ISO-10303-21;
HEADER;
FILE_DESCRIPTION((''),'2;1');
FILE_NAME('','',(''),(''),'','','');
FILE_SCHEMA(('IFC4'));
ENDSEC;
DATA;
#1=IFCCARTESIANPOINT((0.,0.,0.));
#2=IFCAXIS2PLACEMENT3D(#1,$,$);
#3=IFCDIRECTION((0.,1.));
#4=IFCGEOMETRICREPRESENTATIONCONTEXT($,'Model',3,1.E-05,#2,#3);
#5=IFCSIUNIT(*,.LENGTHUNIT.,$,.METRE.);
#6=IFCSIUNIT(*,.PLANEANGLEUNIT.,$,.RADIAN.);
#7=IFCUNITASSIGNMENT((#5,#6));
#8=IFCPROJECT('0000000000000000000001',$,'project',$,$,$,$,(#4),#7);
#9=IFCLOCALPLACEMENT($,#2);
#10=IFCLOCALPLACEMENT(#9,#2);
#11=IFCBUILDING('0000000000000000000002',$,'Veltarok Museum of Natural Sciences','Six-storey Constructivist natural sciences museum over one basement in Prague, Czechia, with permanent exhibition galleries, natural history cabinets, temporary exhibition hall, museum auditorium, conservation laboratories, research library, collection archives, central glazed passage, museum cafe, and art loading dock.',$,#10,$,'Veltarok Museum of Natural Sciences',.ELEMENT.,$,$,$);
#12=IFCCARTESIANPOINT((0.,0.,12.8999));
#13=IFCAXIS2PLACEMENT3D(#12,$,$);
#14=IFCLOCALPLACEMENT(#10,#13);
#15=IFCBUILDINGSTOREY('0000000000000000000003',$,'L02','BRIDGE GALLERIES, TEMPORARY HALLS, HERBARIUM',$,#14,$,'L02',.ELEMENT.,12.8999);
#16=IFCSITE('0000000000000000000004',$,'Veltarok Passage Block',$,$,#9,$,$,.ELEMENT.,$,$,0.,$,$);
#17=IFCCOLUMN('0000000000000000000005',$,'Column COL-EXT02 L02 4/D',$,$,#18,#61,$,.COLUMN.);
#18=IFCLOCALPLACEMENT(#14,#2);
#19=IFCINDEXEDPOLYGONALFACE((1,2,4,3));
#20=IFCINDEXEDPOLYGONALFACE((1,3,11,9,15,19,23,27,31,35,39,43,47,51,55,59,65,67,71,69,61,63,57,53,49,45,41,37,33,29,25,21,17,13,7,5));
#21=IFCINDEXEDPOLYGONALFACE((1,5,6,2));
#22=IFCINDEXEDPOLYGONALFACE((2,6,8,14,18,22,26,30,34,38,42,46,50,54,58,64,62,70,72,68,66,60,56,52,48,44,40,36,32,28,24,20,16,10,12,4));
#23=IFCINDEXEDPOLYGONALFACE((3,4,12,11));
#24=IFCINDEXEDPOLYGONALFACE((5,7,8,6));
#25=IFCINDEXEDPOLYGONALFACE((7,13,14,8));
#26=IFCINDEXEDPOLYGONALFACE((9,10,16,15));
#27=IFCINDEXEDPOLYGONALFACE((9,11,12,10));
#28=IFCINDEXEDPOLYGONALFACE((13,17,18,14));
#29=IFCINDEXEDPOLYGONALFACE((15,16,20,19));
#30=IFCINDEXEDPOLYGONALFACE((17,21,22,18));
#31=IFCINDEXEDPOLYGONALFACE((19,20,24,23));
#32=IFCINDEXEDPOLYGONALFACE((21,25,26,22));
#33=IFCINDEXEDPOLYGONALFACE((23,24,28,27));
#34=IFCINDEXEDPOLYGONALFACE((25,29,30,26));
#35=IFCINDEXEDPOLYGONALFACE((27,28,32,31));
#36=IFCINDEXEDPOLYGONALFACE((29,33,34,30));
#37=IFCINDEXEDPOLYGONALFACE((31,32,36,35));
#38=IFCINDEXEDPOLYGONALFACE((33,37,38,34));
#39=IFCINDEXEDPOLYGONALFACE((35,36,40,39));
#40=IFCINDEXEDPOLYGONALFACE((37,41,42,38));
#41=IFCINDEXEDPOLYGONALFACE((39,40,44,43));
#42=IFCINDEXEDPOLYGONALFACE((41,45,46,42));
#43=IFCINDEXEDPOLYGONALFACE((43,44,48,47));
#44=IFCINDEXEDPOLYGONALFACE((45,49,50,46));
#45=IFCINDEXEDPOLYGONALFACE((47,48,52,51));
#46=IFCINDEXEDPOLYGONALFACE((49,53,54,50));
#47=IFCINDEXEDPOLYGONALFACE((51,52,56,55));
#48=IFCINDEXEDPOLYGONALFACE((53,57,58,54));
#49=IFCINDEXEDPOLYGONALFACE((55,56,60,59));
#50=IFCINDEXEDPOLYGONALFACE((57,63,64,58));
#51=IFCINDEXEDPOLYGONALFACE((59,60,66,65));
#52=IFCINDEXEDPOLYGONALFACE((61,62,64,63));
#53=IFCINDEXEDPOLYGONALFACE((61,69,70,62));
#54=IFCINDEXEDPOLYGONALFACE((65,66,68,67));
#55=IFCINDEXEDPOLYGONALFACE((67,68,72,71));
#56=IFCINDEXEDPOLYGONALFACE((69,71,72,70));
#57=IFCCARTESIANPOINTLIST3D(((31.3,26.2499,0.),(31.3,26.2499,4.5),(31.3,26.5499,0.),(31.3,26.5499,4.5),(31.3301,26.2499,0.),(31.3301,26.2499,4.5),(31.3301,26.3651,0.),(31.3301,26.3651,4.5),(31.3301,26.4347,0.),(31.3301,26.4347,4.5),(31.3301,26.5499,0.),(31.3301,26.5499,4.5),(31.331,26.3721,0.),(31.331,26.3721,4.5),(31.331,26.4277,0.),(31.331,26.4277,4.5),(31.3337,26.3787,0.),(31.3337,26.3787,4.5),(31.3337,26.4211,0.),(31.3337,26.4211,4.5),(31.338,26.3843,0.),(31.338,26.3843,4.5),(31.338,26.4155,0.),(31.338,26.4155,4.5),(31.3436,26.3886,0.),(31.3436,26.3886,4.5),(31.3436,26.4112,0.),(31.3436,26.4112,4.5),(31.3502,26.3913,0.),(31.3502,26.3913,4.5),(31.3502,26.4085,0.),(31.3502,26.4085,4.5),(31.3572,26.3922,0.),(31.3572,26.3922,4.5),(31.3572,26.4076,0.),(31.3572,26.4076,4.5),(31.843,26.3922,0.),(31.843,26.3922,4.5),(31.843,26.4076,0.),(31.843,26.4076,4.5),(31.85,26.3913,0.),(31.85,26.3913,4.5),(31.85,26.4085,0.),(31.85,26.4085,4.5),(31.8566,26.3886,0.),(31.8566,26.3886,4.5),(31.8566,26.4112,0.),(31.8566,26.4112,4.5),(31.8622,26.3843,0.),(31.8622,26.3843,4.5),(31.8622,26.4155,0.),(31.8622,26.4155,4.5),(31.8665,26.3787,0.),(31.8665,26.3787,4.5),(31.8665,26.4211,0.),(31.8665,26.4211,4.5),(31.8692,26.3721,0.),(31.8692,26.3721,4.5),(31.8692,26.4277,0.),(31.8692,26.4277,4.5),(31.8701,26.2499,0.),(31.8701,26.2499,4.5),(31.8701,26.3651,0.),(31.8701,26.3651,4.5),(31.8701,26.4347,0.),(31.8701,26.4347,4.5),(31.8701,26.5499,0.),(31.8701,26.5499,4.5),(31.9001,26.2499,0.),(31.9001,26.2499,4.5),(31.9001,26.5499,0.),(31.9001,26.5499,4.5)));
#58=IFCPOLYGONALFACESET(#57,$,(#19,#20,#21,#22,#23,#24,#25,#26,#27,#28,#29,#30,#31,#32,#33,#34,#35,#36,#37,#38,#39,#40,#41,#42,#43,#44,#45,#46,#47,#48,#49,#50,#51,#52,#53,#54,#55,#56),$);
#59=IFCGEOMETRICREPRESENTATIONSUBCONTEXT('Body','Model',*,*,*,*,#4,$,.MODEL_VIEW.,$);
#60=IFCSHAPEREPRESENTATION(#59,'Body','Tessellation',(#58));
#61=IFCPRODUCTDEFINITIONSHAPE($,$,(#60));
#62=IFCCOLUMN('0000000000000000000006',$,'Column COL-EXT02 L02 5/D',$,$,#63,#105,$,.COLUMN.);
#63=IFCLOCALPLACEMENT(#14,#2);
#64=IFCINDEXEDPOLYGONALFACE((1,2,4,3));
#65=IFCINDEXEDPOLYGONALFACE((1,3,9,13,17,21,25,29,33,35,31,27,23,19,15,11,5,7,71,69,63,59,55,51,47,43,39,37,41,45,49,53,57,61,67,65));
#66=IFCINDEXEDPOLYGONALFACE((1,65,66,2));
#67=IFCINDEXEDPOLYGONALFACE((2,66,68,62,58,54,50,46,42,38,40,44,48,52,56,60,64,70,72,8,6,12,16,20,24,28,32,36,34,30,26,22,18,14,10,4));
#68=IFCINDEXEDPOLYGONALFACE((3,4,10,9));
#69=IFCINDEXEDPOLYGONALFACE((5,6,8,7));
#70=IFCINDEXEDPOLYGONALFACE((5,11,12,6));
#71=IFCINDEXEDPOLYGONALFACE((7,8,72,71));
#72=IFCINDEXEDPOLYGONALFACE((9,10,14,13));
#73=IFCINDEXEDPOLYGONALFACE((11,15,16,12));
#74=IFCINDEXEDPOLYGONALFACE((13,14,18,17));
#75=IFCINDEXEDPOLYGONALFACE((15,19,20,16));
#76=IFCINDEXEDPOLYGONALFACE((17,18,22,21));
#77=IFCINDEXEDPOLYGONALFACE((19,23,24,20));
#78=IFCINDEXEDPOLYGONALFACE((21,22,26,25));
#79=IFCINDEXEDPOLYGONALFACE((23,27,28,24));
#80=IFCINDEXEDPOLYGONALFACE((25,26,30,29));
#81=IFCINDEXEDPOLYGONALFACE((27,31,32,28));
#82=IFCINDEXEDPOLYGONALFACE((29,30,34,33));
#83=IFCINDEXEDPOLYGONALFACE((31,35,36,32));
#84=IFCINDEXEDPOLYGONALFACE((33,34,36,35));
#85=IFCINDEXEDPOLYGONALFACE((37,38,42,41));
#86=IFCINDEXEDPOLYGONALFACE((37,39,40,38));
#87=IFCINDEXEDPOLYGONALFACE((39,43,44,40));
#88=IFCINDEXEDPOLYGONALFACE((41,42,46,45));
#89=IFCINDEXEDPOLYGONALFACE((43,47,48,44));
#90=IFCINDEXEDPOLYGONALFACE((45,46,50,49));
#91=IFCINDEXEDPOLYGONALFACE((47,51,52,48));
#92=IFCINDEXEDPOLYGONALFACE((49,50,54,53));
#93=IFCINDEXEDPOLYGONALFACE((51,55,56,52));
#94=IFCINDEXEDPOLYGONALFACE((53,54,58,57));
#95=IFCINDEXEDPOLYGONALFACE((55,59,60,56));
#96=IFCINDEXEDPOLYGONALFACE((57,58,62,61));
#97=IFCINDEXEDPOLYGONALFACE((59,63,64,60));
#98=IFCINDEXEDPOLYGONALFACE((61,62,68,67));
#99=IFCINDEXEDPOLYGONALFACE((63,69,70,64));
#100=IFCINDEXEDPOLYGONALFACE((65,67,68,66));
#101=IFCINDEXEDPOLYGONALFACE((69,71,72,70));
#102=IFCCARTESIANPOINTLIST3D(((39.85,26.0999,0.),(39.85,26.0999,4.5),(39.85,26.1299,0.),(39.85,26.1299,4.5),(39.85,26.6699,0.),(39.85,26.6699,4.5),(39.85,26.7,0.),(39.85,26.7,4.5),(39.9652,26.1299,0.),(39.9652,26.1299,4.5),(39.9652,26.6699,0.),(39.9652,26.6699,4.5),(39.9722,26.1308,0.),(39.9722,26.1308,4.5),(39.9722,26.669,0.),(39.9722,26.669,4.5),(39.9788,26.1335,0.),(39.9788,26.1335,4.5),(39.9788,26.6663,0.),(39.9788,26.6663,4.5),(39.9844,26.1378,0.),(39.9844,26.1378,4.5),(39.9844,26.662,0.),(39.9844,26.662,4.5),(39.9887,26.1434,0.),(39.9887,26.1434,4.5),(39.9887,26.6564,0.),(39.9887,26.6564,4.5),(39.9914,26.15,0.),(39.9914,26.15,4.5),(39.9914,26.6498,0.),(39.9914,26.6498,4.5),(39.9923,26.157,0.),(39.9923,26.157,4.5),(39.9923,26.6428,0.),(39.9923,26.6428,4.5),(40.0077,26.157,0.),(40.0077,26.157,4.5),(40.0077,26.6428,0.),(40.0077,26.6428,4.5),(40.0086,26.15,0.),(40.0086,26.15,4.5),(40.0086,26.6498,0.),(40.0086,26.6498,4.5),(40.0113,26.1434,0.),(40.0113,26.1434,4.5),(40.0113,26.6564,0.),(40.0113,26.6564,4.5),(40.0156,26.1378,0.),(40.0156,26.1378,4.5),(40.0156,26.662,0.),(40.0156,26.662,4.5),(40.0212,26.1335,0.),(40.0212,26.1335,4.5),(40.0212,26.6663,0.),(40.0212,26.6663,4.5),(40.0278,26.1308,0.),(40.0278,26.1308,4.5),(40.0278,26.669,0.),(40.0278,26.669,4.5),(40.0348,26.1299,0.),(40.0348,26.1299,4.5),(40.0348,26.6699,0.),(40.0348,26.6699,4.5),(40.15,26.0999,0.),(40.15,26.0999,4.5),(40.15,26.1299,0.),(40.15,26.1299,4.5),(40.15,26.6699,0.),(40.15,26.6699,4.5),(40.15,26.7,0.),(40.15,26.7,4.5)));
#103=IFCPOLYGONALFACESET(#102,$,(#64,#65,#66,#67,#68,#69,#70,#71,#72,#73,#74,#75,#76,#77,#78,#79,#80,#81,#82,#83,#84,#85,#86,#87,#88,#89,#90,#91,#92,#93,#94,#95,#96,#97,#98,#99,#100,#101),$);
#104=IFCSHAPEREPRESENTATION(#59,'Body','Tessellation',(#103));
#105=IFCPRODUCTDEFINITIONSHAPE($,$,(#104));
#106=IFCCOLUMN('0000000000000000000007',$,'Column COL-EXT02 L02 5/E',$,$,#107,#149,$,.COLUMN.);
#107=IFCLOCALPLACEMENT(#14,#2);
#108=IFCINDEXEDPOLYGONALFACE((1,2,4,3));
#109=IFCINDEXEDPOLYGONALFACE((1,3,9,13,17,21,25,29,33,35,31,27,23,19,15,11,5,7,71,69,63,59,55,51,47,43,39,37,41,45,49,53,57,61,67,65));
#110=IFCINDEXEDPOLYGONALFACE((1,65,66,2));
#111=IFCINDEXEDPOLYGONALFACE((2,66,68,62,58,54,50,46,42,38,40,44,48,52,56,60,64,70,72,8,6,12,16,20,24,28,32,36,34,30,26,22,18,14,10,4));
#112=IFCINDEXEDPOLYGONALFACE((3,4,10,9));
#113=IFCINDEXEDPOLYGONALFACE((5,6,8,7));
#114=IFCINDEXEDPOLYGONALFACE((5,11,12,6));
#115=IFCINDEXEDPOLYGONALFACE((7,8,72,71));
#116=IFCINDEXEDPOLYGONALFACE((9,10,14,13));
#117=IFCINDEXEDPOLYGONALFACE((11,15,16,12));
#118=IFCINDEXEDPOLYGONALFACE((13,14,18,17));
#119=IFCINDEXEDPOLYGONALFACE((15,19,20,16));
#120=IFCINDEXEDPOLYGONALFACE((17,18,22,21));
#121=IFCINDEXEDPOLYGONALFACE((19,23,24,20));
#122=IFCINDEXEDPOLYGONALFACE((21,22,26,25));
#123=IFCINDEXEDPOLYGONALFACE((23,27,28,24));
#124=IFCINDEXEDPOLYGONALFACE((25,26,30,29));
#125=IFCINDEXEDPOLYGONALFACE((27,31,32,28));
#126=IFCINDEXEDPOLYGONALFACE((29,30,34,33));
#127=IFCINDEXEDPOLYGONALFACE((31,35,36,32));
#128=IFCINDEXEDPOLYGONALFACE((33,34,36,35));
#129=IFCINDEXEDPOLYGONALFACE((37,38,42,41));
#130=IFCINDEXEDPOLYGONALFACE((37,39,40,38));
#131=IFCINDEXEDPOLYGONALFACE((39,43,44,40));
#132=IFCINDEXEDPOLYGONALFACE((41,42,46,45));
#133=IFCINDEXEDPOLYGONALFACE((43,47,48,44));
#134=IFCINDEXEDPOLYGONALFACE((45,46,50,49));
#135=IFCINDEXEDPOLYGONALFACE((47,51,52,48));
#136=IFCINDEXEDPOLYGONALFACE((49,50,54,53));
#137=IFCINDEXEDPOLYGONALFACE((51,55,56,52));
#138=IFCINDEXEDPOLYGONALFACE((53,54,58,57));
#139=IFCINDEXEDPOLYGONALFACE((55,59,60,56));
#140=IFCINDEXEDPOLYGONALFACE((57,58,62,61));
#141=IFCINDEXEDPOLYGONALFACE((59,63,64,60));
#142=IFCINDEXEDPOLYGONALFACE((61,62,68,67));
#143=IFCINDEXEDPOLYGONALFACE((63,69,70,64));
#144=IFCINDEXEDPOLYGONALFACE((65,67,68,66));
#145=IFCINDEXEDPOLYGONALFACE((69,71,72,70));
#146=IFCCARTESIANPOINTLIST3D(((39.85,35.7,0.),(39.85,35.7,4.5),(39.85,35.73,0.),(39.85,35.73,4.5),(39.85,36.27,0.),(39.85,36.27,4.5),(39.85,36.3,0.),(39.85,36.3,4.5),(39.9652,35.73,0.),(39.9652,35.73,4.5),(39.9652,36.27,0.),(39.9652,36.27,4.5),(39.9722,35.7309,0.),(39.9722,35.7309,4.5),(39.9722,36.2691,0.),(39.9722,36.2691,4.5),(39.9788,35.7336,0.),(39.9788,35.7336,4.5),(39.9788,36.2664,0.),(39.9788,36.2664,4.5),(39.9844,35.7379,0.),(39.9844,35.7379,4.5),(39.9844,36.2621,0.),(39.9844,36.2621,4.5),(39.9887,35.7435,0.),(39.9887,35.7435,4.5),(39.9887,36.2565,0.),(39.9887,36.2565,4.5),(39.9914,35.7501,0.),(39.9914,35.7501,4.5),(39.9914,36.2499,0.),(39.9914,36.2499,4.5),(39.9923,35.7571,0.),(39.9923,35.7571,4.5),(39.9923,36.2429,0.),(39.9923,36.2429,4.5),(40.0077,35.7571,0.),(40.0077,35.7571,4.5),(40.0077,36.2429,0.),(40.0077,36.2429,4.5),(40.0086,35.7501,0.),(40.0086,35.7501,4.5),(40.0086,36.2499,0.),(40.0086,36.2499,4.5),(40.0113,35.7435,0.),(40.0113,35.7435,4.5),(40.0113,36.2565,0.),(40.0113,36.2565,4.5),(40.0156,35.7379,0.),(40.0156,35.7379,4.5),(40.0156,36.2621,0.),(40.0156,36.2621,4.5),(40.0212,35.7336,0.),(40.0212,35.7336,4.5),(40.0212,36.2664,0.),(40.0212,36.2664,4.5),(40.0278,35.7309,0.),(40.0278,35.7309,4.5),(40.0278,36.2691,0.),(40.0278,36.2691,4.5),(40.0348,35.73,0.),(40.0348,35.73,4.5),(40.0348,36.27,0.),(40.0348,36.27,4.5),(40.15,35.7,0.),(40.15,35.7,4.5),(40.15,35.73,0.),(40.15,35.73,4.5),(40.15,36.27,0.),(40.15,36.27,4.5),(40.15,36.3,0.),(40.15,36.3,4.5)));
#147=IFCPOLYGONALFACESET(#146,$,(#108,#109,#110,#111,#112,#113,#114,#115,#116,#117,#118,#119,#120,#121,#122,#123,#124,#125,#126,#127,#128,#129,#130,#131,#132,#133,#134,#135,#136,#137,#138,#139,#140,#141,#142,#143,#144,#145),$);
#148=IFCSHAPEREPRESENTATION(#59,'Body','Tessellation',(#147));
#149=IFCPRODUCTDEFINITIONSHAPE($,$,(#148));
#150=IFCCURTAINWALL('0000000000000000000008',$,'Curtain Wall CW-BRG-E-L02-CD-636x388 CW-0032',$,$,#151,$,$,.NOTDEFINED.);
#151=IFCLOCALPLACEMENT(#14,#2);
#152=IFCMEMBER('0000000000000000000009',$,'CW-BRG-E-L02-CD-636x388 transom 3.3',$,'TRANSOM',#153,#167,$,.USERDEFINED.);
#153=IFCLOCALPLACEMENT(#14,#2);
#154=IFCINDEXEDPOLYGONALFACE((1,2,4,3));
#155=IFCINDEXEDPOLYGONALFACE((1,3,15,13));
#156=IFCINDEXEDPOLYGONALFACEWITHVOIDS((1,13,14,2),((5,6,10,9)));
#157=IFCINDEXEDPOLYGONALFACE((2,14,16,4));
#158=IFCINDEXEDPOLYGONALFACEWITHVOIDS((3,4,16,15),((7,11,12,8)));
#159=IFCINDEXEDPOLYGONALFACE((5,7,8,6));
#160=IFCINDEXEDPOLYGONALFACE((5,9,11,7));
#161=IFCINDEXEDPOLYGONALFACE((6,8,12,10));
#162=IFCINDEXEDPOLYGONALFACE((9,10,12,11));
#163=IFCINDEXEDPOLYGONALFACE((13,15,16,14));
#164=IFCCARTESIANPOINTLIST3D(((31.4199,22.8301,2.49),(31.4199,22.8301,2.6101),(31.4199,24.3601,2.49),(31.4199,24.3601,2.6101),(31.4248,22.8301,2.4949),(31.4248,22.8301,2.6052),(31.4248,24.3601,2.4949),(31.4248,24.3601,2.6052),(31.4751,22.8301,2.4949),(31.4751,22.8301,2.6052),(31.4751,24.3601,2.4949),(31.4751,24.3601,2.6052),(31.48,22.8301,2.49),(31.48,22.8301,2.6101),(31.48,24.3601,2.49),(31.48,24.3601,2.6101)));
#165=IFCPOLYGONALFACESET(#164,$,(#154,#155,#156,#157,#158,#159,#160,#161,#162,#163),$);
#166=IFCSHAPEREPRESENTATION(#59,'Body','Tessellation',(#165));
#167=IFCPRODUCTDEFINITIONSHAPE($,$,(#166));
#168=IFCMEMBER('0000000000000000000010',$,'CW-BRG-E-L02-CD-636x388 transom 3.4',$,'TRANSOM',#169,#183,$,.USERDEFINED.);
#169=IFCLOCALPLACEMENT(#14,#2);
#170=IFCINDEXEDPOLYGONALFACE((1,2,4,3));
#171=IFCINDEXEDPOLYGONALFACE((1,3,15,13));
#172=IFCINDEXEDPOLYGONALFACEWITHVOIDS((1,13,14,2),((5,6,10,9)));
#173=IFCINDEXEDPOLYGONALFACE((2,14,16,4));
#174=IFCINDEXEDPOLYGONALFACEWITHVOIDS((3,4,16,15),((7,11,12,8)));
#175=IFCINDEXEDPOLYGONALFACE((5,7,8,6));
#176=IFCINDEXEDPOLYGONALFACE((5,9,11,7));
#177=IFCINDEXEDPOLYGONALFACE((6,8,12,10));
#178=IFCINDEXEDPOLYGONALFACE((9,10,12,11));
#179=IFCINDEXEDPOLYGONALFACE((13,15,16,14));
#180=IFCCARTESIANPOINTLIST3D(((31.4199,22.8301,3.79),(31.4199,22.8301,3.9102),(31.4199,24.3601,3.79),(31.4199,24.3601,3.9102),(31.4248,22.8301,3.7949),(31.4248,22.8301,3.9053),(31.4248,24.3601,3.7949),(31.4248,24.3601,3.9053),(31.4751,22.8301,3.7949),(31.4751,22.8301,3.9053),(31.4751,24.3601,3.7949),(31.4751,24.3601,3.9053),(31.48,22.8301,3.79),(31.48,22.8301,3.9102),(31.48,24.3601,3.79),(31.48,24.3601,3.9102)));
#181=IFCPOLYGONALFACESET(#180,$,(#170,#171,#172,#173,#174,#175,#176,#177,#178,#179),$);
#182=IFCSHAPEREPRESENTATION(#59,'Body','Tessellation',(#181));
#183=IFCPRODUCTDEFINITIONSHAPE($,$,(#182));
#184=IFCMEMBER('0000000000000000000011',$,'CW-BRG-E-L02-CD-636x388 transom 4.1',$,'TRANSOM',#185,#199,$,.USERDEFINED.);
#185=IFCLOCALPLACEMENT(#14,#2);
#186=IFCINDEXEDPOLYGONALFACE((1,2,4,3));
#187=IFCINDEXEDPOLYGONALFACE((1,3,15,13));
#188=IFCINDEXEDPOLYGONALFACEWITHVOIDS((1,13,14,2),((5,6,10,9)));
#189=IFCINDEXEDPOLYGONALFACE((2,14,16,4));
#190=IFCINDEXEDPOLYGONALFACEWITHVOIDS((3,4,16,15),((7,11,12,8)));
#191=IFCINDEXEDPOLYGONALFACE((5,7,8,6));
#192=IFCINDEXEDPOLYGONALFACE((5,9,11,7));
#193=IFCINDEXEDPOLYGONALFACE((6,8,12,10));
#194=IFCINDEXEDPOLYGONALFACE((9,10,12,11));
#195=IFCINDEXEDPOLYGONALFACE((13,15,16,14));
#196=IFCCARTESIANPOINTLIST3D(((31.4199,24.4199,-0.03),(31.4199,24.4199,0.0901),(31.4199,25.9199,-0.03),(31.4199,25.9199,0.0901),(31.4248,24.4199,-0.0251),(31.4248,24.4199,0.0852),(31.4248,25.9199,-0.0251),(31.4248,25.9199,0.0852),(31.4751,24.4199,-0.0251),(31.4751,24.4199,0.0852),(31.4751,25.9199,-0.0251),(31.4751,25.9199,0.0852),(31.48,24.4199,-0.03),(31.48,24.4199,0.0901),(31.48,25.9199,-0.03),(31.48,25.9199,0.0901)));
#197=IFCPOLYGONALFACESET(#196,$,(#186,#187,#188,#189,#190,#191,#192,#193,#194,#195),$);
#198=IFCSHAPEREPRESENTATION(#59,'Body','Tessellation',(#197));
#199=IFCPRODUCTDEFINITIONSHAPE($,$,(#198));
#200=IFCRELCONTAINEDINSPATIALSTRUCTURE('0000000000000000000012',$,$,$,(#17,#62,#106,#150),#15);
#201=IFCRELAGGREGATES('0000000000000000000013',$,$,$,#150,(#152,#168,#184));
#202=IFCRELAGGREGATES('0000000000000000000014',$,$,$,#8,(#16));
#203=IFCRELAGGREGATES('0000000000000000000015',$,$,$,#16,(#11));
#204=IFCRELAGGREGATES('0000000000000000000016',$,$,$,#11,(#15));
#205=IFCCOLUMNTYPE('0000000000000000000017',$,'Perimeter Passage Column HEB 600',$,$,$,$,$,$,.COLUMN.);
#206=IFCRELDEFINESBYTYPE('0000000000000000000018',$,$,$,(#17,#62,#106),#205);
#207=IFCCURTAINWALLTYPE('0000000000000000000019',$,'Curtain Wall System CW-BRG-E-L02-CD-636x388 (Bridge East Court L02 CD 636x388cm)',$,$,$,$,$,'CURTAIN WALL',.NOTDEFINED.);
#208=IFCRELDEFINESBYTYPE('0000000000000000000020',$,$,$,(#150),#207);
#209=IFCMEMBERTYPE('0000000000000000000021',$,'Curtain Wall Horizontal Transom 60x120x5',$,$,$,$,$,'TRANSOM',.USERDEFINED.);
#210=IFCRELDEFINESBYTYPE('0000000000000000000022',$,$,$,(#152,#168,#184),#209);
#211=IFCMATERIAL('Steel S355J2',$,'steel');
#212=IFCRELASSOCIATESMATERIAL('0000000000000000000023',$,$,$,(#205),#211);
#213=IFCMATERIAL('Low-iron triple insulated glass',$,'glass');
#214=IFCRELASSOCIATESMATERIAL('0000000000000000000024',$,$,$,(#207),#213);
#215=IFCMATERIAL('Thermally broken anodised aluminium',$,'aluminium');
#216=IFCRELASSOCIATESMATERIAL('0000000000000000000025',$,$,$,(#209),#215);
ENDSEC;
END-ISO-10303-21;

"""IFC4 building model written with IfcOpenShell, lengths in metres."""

from ifc_helpers import new_model, si_unit, direction, frame, origin, origin_2d, place, context, subcontext, project, spatial, hollow_rectangle, i_section, extrude, material, material_profile, profile_set, type_object, element, aggregate, save


model = new_model("IFC4")

# Units and contexts
model_context = context("Model", 3, precision=1e-05, world=origin(), true_north=direction((0.0, 1.0)))
body_context = subcontext(model_context, "Body", "Model", "MODEL_VIEW")
ifc_project = project(units=[si_unit("LENGTHUNIT", "METRE"), si_unit("PLANEANGLEUNIT", "RADIAN")], contexts=[model_context])

# Site, building, storey
site_placement = place(None, origin())
site = spatial("IfcSite", under=ifc_project, at=site_placement, Name="Veltarok Passage Block", CompositionType="ELEMENT", RefElevation=0.0)
building_placement = place(site_placement, origin())
building = spatial("IfcBuilding", under=site, at=building_placement, Name="Veltarok Museum of Natural Sciences", Description="Six-storey Constructivist natural sciences museum over one basement in Prague, Czechia, with permanent exhibition galleries, natural history cabinets, temporary exhibition hall, museum auditorium, conservation laboratories, research library, collection archives, central glazed passage, museum cafe, and art loading dock.", LongName="Veltarok Museum of Natural Sciences", CompositionType="ELEMENT")
storey_placement = place(building_placement, frame((0.0, 0.0, 12.8999)))
storey = spatial("IfcBuildingStorey", under=building, at=storey_placement, Name="L02", Description="BRIDGE GALLERIES, TEMPORARY HALLS, HERBARIUM", LongName="L02", CompositionType="ELEMENT", Elevation=12.8999)

# Columns
ifc_material_1 = material(Name="Steel S355J2", Category="steel")
ifc_material_profile_1 = material_profile(ifc_material_1, i_section(OverallWidth=0.3, OverallDepth=0.6001, WebThickness=0.0154, FlangeThickness=0.03, FilletRadius=0.0271, at=origin_2d()), Name="HEB 600")
ifc_profile_set_1 = profile_set([ifc_material_profile_1], Name="Steel S355J2")
column_type = type_object("IfcColumnType", Name="Perimeter Passage Column HEB 600", PredefinedType="COLUMN", material=ifc_profile_set_1)
for number, where, z_axis, x_axis, name in (
    (1, (31.6001, 26.3999, 0.0), (0.0, 0.0, 1.0), (0.0, 1.0, 0.0), "Column COL-EXT02 L02 4/D"),
    (2, (40.0, 26.3999, 0.0), (0.0, 0.0, 1.0), (1.0, 0.0, 0.0), "Column COL-EXT02 L02 5/D"),
    (3, (40.0, 36.0, 0.0), (0.0, 0.0, 1.0), (1.0, 0.0, 0.0), "Column COL-EXT02 L02 5/E"),
):
    element("IfcColumn", number, at=place(storey_placement, frame(where, z_axis=z_axis, x_axis=x_axis)), inside=storey, type_object=column_type, Name=name, PredefinedType="COLUMN", context=body_context, shape_type="SweptSolid", body=[
        extrude(i_section(OverallWidth=0.3, OverallDepth=0.6001, WebThickness=0.0154, FlangeThickness=0.03, FilletRadius=0.0271, at=origin_2d()), origin(), (0.0, 0.0, 1.0), 4.5),
    ])

# Curtain wall, members
ifc_material_2 = material(Name="Low-iron triple insulated glass", Category="glass")
curtain_wall_type_1 = type_object("IfcCurtainWallType", Name="Curtain Wall System CW-BRG-E-L02-CD-636x388 (Bridge East Court L02 CD 636x388cm)", ElementType="CURTAIN WALL", PredefinedType="NOTDEFINED", material=ifc_material_2)
curtain_wall_1_placement = place(storey_placement, origin())
curtain_wall_1 = element("IfcCurtainWall", 4, at=curtain_wall_1_placement, inside=storey, type_object=curtain_wall_type_1, Name="Curtain Wall CW-BRG-E-L02-CD-636x388 CW-0032", PredefinedType="NOTDEFINED")
ifc_material_3 = material(Name="Thermally broken anodised aluminium", Category="aluminium")
ifc_material_profile_2 = material_profile(ifc_material_3, hollow_rectangle(XDim=0.0601, YDim=0.1201, WallThickness=0.0049, at=origin_2d()), Name="CW TRANSOM 60x120x5")
ifc_profile_set_2 = profile_set([ifc_material_profile_2], Name="Thermally broken anodised aluminium")
member_type_1 = type_object("IfcMemberType", Name="Curtain Wall Horizontal Transom 60x120x5", ElementType="TRANSOM", PredefinedType="USERDEFINED", material=ifc_profile_set_2)
member_1_placement = place(storey_placement, frame((31.45, 22.8301, 2.55), z_axis=(0.0, 1.0, 0.0), x_axis=(-1.0, 0.0, 0.0)))
member_1 = element("IfcMember", 5, at=member_1_placement, type_object=member_type_1, Name="CW-BRG-E-L02-CD-636x388 transom 3.3", ObjectType="TRANSOM", PredefinedType="USERDEFINED", context=body_context, shape_type="SweptSolid", body=[
    extrude(hollow_rectangle(XDim=0.0601, YDim=0.1201, WallThickness=0.0049, at=origin_2d()), origin(), (0.0, 0.0, 1.0), 1.53),
])
member_2_placement = place(storey_placement, frame((31.45, 22.8301, 3.8501), z_axis=(0.0, 1.0, 0.0), x_axis=(-1.0, 0.0, 0.0)))
member_2 = element("IfcMember", 6, at=member_2_placement, type_object=member_type_1, Name="CW-BRG-E-L02-CD-636x388 transom 3.4", ObjectType="TRANSOM", PredefinedType="USERDEFINED", context=body_context, shape_type="SweptSolid", body=[
    extrude(hollow_rectangle(XDim=0.0601, YDim=0.1201, WallThickness=0.0049, at=origin_2d()), origin(), (0.0, 0.0, 1.0), 1.53),
])
member_3_placement = place(storey_placement, frame((31.45, 24.4199, 0.03), z_axis=(0.0, 1.0, 0.0), x_axis=(-1.0, 0.0, 0.0)))
member_3 = element("IfcMember", 7, at=member_3_placement, type_object=member_type_1, Name="CW-BRG-E-L02-CD-636x388 transom 4.1", ObjectType="TRANSOM", PredefinedType="USERDEFINED", context=body_context, shape_type="SweptSolid", body=[
    extrude(hollow_rectangle(XDim=0.0601, YDim=0.1201, WallThickness=0.0049, at=origin_2d()), origin(), (0.0, 0.0, 1.0), 1.5),
])

aggregate(curtain_wall_1, [member_1, member_2, member_3])

save(model, "model.ifc")
